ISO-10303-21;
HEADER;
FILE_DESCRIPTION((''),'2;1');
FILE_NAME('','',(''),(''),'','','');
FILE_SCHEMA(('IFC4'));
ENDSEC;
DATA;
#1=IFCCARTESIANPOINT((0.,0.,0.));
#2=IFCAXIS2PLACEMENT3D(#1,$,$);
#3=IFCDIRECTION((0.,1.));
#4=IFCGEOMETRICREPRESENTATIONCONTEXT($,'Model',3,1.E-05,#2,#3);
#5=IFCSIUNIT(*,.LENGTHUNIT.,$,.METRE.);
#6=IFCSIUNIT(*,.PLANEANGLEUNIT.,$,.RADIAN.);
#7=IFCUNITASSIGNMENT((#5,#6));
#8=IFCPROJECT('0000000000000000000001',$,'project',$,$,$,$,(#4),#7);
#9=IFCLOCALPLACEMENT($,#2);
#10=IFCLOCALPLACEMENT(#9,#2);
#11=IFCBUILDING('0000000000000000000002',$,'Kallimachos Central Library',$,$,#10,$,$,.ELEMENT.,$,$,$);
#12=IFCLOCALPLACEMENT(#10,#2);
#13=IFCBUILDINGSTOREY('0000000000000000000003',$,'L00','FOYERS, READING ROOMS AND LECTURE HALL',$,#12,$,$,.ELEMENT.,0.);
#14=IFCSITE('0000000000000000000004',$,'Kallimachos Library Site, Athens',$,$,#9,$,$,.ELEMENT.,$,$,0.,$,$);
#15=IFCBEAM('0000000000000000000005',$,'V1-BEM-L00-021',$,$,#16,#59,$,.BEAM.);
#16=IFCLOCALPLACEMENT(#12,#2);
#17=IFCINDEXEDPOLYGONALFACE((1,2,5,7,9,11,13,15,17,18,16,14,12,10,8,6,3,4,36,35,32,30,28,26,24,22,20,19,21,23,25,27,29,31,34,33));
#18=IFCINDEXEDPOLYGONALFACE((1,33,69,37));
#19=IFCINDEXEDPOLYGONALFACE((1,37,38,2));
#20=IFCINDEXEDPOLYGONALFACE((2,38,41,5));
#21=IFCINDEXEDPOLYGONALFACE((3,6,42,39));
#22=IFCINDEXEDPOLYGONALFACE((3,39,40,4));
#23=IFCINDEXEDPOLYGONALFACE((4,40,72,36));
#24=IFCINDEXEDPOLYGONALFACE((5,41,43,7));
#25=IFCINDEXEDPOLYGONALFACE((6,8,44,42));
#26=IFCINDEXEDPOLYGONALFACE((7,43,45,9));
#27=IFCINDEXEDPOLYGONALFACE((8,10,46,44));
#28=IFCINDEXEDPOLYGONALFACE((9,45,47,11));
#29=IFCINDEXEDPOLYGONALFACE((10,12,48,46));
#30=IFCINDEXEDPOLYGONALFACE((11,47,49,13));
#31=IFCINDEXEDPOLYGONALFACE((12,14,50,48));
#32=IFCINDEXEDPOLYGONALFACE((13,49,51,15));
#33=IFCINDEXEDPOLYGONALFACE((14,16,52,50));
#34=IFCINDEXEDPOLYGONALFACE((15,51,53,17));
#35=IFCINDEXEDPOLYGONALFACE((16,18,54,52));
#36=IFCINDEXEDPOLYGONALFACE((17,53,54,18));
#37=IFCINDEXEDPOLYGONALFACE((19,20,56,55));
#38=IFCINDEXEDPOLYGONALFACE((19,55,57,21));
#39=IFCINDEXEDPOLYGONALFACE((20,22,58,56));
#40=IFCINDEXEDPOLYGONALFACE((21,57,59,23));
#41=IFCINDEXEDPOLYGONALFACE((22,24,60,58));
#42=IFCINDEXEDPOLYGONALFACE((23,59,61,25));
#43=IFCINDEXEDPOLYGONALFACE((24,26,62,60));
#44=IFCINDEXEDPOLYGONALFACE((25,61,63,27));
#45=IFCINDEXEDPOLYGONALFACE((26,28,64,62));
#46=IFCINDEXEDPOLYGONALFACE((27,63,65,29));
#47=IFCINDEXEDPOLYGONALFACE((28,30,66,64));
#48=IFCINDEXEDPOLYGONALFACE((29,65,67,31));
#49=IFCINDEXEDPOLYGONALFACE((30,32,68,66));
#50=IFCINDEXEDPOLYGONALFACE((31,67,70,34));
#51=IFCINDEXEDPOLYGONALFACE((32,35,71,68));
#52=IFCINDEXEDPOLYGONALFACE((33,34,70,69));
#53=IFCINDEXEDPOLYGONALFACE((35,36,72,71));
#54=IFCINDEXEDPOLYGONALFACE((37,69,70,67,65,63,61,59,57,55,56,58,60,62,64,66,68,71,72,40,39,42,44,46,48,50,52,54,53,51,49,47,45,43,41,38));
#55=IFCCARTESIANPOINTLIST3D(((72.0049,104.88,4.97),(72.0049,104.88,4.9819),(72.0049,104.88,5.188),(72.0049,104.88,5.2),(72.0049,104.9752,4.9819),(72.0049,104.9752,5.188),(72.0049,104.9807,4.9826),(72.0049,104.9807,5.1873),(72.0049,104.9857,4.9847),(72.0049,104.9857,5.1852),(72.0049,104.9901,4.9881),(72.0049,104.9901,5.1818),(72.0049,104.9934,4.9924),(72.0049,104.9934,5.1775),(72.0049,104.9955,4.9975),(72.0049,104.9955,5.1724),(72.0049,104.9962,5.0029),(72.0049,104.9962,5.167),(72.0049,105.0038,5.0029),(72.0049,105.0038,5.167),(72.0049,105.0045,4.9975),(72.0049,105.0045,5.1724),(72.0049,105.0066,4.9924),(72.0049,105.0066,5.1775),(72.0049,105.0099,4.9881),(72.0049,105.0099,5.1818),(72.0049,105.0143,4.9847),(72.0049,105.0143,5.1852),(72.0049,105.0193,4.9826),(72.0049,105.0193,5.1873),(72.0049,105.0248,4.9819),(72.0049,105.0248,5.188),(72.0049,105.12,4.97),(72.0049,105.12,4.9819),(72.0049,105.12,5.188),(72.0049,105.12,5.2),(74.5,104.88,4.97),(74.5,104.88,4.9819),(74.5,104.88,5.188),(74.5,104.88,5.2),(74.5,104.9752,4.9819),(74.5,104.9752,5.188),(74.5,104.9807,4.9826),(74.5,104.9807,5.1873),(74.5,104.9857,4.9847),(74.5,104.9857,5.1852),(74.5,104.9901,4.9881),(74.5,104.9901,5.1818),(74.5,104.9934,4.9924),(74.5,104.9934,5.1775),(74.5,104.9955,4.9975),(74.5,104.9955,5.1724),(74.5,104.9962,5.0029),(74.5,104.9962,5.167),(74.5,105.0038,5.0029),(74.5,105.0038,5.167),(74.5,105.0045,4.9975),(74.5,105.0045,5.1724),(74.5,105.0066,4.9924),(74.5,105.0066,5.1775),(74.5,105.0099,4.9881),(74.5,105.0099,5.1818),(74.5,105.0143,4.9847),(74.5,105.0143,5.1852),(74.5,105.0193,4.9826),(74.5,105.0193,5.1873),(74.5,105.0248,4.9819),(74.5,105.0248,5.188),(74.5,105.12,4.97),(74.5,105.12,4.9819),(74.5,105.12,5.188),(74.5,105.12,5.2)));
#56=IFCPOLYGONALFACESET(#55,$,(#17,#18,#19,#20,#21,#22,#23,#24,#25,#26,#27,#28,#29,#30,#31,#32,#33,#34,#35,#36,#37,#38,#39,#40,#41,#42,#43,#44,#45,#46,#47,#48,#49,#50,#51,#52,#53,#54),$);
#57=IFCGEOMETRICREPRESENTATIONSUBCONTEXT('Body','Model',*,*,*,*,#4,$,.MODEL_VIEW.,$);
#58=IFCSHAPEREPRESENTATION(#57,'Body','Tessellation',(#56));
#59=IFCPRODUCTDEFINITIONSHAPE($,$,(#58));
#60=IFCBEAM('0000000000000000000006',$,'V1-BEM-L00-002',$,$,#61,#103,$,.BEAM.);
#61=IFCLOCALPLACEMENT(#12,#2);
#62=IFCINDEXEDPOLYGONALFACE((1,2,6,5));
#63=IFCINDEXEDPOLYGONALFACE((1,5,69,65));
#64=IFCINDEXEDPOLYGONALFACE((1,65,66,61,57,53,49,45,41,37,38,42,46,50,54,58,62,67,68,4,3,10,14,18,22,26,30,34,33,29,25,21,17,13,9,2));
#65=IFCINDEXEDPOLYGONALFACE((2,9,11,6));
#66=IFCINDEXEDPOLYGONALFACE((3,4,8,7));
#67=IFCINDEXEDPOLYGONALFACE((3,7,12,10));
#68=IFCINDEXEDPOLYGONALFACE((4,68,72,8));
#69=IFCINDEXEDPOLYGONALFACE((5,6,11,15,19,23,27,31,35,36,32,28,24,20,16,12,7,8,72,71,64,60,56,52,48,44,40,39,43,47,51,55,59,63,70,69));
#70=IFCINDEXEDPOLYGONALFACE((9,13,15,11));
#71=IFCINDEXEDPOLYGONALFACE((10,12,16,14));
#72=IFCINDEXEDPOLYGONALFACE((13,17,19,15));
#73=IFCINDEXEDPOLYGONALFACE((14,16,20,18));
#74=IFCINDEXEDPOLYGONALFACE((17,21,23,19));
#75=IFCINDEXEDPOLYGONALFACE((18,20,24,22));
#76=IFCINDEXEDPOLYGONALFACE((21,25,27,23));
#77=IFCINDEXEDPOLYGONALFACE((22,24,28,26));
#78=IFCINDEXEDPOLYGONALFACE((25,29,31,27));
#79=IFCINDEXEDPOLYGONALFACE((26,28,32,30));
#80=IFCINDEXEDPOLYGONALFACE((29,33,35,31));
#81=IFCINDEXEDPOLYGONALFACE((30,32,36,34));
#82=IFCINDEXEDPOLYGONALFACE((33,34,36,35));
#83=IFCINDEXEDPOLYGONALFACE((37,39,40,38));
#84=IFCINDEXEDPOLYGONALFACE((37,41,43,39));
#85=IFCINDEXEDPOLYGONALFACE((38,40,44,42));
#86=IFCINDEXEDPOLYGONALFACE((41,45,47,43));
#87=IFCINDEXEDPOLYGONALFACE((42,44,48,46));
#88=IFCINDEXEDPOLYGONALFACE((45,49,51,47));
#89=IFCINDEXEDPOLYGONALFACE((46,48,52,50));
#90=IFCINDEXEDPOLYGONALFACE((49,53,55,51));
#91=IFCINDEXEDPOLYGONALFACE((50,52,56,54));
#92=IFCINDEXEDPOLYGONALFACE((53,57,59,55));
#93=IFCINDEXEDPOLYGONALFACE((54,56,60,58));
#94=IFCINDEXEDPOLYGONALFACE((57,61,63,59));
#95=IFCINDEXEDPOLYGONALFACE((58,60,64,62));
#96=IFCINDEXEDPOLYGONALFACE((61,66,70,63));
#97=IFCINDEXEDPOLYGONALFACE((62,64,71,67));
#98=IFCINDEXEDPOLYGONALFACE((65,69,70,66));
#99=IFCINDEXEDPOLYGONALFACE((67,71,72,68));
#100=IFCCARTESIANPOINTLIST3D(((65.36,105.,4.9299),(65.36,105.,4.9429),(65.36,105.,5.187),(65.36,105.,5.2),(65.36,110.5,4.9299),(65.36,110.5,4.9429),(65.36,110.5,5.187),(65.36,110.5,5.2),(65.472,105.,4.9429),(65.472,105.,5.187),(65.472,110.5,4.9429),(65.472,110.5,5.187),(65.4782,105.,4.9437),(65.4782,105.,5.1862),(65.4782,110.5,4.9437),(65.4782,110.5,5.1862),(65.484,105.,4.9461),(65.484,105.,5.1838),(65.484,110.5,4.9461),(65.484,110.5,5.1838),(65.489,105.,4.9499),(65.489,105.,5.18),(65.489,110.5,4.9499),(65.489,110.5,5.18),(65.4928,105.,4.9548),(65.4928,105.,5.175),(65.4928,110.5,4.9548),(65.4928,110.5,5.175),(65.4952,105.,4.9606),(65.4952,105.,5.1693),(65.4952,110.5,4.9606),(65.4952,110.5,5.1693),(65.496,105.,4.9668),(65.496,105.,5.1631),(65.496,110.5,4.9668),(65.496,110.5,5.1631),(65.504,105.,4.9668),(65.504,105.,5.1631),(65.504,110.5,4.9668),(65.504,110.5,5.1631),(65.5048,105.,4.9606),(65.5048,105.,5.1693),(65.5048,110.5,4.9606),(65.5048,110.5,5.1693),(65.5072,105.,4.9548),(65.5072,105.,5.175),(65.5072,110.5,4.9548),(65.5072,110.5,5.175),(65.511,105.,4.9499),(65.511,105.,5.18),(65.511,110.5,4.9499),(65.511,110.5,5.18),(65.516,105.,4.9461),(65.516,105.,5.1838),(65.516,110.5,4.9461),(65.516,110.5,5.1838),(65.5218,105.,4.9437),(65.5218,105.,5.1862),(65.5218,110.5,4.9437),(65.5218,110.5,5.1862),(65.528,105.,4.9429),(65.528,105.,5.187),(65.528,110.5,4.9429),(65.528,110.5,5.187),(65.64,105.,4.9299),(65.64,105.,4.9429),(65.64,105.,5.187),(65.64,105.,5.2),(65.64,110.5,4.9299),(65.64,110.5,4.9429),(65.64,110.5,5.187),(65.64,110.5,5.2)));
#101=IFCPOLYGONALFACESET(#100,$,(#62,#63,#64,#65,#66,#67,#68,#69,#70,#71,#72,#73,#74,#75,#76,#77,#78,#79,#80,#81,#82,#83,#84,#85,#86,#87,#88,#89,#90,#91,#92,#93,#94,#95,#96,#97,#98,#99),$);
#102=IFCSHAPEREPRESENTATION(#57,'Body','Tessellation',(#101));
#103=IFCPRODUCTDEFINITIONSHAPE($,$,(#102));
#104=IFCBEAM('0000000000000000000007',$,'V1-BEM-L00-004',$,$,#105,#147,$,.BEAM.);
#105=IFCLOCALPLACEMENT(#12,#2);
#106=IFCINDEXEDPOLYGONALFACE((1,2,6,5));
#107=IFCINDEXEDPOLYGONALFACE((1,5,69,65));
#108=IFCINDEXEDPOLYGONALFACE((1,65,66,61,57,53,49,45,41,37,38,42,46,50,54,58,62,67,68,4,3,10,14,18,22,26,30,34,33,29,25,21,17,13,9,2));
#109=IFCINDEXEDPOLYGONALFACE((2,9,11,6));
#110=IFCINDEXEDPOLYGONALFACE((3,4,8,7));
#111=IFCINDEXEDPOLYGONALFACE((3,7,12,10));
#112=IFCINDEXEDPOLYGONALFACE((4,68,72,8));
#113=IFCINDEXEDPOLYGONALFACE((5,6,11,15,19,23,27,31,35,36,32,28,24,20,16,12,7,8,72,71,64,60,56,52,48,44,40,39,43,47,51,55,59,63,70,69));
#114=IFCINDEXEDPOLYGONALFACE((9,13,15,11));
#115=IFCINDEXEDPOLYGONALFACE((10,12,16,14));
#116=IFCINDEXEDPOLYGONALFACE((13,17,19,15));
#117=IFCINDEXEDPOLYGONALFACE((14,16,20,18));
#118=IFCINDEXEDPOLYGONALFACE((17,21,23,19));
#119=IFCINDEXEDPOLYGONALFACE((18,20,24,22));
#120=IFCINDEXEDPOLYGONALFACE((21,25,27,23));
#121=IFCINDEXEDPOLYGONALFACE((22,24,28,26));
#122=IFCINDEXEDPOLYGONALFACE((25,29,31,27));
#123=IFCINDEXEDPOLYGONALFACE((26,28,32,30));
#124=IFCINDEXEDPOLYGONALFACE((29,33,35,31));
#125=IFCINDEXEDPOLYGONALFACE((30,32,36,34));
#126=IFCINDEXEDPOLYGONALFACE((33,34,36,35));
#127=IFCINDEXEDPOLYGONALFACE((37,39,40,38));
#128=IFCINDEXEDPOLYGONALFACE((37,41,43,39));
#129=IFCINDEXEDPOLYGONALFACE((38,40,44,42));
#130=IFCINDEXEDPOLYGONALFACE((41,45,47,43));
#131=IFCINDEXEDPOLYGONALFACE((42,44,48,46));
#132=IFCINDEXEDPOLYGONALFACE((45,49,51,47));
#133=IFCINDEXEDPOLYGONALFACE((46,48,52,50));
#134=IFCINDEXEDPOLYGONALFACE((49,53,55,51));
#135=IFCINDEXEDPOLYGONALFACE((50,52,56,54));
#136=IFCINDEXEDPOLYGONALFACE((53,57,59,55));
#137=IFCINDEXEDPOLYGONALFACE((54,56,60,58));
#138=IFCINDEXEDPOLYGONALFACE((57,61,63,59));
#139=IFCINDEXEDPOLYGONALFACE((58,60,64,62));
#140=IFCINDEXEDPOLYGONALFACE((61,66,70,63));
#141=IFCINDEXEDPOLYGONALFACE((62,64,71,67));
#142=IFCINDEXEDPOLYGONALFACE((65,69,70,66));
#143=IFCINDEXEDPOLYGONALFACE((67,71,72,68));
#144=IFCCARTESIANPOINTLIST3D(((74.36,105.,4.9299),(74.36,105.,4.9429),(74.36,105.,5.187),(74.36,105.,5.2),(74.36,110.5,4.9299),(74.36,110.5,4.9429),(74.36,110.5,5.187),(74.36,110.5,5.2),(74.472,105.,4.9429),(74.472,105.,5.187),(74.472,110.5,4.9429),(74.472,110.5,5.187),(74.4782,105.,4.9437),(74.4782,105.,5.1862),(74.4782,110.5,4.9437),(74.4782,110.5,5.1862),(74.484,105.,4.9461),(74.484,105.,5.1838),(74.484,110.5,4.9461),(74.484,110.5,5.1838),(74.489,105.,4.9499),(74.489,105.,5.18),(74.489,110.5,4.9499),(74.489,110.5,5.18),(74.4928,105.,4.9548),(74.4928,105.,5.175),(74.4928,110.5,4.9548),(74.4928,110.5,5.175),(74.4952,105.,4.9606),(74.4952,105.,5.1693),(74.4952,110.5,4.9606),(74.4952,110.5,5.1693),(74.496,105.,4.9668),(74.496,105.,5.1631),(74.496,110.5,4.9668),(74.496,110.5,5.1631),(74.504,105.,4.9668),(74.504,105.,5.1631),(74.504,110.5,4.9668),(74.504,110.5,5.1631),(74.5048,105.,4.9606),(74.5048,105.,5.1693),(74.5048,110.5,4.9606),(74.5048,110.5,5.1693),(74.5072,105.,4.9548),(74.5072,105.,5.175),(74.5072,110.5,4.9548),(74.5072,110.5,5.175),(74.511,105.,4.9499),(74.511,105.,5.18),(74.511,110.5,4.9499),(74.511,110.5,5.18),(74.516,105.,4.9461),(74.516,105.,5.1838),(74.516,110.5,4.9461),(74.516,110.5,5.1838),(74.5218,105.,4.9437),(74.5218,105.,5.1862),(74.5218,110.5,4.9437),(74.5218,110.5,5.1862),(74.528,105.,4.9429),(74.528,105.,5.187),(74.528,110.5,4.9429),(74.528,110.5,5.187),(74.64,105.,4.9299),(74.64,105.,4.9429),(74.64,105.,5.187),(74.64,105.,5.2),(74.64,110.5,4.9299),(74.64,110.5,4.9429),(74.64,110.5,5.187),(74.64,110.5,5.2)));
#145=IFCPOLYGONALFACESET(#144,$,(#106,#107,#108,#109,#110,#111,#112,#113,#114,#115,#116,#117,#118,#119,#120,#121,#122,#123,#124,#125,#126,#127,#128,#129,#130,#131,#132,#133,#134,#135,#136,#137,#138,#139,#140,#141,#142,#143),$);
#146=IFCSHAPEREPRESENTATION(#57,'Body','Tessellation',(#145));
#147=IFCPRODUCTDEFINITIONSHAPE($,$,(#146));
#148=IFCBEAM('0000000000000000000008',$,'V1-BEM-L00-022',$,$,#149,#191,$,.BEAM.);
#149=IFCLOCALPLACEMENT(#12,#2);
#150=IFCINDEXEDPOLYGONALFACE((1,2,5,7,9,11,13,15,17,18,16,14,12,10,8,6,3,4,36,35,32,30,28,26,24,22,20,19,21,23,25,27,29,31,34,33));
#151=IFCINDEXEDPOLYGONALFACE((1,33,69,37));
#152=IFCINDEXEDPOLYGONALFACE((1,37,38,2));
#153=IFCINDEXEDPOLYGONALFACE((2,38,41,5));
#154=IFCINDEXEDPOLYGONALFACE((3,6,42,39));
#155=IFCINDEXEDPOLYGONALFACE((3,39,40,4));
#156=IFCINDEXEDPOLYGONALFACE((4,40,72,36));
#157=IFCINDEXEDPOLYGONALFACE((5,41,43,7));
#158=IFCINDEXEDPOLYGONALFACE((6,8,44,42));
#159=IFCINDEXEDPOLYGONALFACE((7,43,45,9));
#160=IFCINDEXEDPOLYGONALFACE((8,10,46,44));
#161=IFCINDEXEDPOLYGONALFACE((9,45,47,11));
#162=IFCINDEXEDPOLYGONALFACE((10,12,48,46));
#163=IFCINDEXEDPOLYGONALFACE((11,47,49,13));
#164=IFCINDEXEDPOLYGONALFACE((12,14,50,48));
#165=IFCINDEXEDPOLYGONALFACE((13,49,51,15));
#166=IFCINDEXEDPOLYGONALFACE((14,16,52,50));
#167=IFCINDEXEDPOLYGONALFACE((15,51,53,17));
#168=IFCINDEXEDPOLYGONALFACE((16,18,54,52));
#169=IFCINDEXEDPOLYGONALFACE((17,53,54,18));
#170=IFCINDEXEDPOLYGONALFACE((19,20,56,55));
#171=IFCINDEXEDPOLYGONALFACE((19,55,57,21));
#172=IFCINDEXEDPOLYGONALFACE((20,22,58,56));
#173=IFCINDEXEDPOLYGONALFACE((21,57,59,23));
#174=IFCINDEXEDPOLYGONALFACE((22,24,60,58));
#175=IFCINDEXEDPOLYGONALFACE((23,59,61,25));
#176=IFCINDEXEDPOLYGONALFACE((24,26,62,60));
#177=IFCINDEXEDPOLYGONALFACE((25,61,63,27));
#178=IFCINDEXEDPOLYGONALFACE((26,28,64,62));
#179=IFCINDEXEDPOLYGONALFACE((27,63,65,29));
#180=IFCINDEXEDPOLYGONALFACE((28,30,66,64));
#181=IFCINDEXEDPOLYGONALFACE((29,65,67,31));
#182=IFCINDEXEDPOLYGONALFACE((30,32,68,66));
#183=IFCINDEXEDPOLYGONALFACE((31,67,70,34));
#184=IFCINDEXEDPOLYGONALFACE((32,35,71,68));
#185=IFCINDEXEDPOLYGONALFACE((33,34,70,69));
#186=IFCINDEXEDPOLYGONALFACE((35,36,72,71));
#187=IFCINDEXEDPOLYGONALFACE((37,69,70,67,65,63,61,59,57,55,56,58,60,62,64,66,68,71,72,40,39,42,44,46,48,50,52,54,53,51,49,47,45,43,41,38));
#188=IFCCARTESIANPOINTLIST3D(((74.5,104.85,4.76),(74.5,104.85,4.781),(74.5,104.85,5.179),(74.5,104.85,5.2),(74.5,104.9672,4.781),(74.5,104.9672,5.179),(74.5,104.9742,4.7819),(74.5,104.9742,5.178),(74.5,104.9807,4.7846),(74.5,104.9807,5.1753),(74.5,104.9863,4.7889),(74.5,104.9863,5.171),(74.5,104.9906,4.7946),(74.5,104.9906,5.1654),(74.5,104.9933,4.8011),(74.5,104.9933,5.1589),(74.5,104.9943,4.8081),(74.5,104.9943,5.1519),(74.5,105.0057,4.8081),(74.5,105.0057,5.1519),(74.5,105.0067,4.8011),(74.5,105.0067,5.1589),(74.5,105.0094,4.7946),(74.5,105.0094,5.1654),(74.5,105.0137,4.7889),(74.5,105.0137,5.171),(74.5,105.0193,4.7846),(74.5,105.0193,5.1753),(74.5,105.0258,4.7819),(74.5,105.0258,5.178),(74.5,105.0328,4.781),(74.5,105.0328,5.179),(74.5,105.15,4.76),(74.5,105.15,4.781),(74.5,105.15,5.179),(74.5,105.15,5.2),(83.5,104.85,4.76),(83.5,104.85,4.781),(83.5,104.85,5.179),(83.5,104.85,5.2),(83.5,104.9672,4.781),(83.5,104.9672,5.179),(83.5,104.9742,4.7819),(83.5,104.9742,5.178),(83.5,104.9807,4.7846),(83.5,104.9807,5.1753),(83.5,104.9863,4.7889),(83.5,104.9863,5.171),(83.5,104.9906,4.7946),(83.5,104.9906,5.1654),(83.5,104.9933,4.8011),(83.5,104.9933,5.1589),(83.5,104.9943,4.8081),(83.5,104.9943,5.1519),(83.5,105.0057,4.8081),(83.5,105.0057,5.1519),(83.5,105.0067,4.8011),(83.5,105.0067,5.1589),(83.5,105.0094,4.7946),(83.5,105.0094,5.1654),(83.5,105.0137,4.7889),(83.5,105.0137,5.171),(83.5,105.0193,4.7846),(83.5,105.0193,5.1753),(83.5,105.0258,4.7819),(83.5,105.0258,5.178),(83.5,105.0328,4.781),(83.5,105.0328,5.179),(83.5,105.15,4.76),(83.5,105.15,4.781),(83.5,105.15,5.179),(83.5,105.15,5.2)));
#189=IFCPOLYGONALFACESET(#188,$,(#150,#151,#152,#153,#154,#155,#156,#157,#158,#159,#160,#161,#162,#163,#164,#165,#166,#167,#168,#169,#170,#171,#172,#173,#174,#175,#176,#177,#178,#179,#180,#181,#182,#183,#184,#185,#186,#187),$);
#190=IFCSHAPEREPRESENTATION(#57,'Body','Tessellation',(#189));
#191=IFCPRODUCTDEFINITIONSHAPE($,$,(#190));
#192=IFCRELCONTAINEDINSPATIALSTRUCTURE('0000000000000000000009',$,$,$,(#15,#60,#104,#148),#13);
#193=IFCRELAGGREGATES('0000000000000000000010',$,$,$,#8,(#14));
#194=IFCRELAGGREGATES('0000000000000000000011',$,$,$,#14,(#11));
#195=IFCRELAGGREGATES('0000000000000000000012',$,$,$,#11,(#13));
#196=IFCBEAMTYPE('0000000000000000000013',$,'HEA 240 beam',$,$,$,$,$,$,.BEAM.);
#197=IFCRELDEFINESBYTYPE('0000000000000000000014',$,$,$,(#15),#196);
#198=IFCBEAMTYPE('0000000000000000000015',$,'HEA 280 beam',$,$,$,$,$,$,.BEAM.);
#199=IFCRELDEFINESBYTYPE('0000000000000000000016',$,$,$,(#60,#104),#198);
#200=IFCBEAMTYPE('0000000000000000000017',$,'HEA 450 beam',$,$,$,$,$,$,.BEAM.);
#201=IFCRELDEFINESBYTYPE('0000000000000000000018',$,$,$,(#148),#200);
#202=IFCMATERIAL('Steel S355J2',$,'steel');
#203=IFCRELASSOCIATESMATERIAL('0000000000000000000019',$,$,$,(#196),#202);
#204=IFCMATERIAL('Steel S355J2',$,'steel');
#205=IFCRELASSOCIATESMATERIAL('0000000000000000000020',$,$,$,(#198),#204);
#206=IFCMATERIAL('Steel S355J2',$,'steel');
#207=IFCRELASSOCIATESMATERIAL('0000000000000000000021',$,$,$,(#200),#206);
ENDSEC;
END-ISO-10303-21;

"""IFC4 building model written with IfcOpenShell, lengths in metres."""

from ifc_helpers import new_model, si_unit, direction, frame, origin, origin_2d, place, context, subcontext, project, spatial, i_section, extrude, material, material_profile, profile_set, type_object, element, save


model = new_model("IFC4")

# Units and contexts
model_context = context("Model", 3, precision=1e-05, world=origin(), true_north=direction((0.0, 1.0)))
body_context = subcontext(model_context, "Body", "Model", "MODEL_VIEW")
ifc_project = project(units=[si_unit("LENGTHUNIT", "METRE"), si_unit("PLANEANGLEUNIT", "RADIAN")], contexts=[model_context])

# Site, building, storey
site_placement = place(None, origin())
site = spatial("IfcSite", under=ifc_project, at=site_placement, Name="Kallimachos Library Site, Athens", CompositionType="ELEMENT", RefElevation=0.0)
building_placement = place(site_placement, origin())
building = spatial("IfcBuilding", under=site, at=building_placement, Name="Kallimachos Central Library", CompositionType="ELEMENT")
storey_placement = place(building_placement, origin())
storey = spatial("IfcBuildingStorey", under=building, at=storey_placement, Name="L00", Description="FOYERS, READING ROOMS AND LECTURE HALL", CompositionType="ELEMENT", Elevation=0.0)

# Beams
ifc_material_1 = material(Name="Steel S355J2", Category="steel")
ifc_material_profile_1 = material_profile(ifc_material_1, i_section(OverallWidth=0.24, OverallDepth=0.23, WebThickness=0.0076, FlangeThickness=0.012, FilletRadius=0.021, at=origin_2d()), Name="HEA 240")
ifc_profile_set_1 = profile_set([ifc_material_profile_1], Name="Steel S355J2")
beam_type_1 = type_object("IfcBeamType", Name="HEA 240 beam", PredefinedType="BEAM", material=ifc_profile_set_1)
beam_1_placement = place(storey_placement, frame((72.0049, 105.0, 5.085), z_axis=(1.0, 0.0, 0.0), x_axis=(0.0, 1.0, 0.0)))
element("IfcBeam", 1, at=beam_1_placement, inside=storey, type_object=beam_type_1, Name="V1-BEM-L00-021", PredefinedType="BEAM", context=body_context, shape_type="SweptSolid", body=[
    extrude(i_section(OverallWidth=0.24, OverallDepth=0.23, WebThickness=0.0076, FlangeThickness=0.012, FilletRadius=0.021, at=origin_2d()), origin(), (0.0, 0.0, 1.0), 2.4951),
])
ifc_material_2 = material(Name="Steel S355J2", Category="steel")
ifc_material_profile_2 = material_profile(ifc_material_2, i_section(OverallWidth=0.28, OverallDepth=0.27, WebThickness=0.0081, FlangeThickness=0.0129, FilletRadius=0.0239, at=origin_2d()), Name="HEA 280")
ifc_profile_set_2 = profile_set([ifc_material_profile_2], Name="Steel S355J2")
beam_type_2 = type_object("IfcBeamType", Name="HEA 280 beam", PredefinedType="BEAM", material=ifc_profile_set_2)
for number, where, z_axis, x_axis, name in (
    (2, (65.5, 105.0, 5.0649), (0.0, 1.0, 0.0), (-1.0, 0.0, 0.0), "V1-BEM-L00-002"),
    (3, (74.5, 105.0, 5.0649), (0.0, 1.0, 0.0), (-1.0, 0.0, 0.0), "V1-BEM-L00-004"),
):
    element("IfcBeam", number, at=place(storey_placement, frame(where, z_axis=z_axis, x_axis=x_axis)), inside=storey, type_object=beam_type_2, Name=name, PredefinedType="BEAM", context=body_context, shape_type="SweptSolid", body=[
        extrude(i_section(OverallWidth=0.28, OverallDepth=0.27, WebThickness=0.0081, FlangeThickness=0.0129, FilletRadius=0.0239, at=origin_2d()), origin(), (0.0, 0.0, 1.0), 5.5),
    ])
ifc_material_3 = material(Name="Steel S355J2", Category="steel")
ifc_material_profile_3 = material_profile(ifc_material_3, i_section(OverallWidth=0.3, OverallDepth=0.4399, WebThickness=0.0115, FlangeThickness=0.021, FilletRadius=0.0271, at=origin_2d()), Name="HEA 450")
ifc_profile_set_3 = profile_set([ifc_material_profile_3], Name="Steel S355J2")
beam_type_3 = type_object("IfcBeamType", Name="HEA 450 beam", PredefinedType="BEAM", material=ifc_profile_set_3)
beam_2_placement = place(storey_placement, frame((74.5, 105.0, 4.98), z_axis=(1.0, 0.0, 0.0), x_axis=(0.0, 1.0, 0.0)))
element("IfcBeam", 4, at=beam_2_placement, inside=storey, type_object=beam_type_3, Name="V1-BEM-L00-022", PredefinedType="BEAM", context=body_context, shape_type="SweptSolid", body=[
    extrude(i_section(OverallWidth=0.3, OverallDepth=0.4399, WebThickness=0.0115, FlangeThickness=0.021, FilletRadius=0.0271, at=origin_2d()), origin(), (0.0, 0.0, 1.0), 9.0),
])

save(model, "model.ifc")
